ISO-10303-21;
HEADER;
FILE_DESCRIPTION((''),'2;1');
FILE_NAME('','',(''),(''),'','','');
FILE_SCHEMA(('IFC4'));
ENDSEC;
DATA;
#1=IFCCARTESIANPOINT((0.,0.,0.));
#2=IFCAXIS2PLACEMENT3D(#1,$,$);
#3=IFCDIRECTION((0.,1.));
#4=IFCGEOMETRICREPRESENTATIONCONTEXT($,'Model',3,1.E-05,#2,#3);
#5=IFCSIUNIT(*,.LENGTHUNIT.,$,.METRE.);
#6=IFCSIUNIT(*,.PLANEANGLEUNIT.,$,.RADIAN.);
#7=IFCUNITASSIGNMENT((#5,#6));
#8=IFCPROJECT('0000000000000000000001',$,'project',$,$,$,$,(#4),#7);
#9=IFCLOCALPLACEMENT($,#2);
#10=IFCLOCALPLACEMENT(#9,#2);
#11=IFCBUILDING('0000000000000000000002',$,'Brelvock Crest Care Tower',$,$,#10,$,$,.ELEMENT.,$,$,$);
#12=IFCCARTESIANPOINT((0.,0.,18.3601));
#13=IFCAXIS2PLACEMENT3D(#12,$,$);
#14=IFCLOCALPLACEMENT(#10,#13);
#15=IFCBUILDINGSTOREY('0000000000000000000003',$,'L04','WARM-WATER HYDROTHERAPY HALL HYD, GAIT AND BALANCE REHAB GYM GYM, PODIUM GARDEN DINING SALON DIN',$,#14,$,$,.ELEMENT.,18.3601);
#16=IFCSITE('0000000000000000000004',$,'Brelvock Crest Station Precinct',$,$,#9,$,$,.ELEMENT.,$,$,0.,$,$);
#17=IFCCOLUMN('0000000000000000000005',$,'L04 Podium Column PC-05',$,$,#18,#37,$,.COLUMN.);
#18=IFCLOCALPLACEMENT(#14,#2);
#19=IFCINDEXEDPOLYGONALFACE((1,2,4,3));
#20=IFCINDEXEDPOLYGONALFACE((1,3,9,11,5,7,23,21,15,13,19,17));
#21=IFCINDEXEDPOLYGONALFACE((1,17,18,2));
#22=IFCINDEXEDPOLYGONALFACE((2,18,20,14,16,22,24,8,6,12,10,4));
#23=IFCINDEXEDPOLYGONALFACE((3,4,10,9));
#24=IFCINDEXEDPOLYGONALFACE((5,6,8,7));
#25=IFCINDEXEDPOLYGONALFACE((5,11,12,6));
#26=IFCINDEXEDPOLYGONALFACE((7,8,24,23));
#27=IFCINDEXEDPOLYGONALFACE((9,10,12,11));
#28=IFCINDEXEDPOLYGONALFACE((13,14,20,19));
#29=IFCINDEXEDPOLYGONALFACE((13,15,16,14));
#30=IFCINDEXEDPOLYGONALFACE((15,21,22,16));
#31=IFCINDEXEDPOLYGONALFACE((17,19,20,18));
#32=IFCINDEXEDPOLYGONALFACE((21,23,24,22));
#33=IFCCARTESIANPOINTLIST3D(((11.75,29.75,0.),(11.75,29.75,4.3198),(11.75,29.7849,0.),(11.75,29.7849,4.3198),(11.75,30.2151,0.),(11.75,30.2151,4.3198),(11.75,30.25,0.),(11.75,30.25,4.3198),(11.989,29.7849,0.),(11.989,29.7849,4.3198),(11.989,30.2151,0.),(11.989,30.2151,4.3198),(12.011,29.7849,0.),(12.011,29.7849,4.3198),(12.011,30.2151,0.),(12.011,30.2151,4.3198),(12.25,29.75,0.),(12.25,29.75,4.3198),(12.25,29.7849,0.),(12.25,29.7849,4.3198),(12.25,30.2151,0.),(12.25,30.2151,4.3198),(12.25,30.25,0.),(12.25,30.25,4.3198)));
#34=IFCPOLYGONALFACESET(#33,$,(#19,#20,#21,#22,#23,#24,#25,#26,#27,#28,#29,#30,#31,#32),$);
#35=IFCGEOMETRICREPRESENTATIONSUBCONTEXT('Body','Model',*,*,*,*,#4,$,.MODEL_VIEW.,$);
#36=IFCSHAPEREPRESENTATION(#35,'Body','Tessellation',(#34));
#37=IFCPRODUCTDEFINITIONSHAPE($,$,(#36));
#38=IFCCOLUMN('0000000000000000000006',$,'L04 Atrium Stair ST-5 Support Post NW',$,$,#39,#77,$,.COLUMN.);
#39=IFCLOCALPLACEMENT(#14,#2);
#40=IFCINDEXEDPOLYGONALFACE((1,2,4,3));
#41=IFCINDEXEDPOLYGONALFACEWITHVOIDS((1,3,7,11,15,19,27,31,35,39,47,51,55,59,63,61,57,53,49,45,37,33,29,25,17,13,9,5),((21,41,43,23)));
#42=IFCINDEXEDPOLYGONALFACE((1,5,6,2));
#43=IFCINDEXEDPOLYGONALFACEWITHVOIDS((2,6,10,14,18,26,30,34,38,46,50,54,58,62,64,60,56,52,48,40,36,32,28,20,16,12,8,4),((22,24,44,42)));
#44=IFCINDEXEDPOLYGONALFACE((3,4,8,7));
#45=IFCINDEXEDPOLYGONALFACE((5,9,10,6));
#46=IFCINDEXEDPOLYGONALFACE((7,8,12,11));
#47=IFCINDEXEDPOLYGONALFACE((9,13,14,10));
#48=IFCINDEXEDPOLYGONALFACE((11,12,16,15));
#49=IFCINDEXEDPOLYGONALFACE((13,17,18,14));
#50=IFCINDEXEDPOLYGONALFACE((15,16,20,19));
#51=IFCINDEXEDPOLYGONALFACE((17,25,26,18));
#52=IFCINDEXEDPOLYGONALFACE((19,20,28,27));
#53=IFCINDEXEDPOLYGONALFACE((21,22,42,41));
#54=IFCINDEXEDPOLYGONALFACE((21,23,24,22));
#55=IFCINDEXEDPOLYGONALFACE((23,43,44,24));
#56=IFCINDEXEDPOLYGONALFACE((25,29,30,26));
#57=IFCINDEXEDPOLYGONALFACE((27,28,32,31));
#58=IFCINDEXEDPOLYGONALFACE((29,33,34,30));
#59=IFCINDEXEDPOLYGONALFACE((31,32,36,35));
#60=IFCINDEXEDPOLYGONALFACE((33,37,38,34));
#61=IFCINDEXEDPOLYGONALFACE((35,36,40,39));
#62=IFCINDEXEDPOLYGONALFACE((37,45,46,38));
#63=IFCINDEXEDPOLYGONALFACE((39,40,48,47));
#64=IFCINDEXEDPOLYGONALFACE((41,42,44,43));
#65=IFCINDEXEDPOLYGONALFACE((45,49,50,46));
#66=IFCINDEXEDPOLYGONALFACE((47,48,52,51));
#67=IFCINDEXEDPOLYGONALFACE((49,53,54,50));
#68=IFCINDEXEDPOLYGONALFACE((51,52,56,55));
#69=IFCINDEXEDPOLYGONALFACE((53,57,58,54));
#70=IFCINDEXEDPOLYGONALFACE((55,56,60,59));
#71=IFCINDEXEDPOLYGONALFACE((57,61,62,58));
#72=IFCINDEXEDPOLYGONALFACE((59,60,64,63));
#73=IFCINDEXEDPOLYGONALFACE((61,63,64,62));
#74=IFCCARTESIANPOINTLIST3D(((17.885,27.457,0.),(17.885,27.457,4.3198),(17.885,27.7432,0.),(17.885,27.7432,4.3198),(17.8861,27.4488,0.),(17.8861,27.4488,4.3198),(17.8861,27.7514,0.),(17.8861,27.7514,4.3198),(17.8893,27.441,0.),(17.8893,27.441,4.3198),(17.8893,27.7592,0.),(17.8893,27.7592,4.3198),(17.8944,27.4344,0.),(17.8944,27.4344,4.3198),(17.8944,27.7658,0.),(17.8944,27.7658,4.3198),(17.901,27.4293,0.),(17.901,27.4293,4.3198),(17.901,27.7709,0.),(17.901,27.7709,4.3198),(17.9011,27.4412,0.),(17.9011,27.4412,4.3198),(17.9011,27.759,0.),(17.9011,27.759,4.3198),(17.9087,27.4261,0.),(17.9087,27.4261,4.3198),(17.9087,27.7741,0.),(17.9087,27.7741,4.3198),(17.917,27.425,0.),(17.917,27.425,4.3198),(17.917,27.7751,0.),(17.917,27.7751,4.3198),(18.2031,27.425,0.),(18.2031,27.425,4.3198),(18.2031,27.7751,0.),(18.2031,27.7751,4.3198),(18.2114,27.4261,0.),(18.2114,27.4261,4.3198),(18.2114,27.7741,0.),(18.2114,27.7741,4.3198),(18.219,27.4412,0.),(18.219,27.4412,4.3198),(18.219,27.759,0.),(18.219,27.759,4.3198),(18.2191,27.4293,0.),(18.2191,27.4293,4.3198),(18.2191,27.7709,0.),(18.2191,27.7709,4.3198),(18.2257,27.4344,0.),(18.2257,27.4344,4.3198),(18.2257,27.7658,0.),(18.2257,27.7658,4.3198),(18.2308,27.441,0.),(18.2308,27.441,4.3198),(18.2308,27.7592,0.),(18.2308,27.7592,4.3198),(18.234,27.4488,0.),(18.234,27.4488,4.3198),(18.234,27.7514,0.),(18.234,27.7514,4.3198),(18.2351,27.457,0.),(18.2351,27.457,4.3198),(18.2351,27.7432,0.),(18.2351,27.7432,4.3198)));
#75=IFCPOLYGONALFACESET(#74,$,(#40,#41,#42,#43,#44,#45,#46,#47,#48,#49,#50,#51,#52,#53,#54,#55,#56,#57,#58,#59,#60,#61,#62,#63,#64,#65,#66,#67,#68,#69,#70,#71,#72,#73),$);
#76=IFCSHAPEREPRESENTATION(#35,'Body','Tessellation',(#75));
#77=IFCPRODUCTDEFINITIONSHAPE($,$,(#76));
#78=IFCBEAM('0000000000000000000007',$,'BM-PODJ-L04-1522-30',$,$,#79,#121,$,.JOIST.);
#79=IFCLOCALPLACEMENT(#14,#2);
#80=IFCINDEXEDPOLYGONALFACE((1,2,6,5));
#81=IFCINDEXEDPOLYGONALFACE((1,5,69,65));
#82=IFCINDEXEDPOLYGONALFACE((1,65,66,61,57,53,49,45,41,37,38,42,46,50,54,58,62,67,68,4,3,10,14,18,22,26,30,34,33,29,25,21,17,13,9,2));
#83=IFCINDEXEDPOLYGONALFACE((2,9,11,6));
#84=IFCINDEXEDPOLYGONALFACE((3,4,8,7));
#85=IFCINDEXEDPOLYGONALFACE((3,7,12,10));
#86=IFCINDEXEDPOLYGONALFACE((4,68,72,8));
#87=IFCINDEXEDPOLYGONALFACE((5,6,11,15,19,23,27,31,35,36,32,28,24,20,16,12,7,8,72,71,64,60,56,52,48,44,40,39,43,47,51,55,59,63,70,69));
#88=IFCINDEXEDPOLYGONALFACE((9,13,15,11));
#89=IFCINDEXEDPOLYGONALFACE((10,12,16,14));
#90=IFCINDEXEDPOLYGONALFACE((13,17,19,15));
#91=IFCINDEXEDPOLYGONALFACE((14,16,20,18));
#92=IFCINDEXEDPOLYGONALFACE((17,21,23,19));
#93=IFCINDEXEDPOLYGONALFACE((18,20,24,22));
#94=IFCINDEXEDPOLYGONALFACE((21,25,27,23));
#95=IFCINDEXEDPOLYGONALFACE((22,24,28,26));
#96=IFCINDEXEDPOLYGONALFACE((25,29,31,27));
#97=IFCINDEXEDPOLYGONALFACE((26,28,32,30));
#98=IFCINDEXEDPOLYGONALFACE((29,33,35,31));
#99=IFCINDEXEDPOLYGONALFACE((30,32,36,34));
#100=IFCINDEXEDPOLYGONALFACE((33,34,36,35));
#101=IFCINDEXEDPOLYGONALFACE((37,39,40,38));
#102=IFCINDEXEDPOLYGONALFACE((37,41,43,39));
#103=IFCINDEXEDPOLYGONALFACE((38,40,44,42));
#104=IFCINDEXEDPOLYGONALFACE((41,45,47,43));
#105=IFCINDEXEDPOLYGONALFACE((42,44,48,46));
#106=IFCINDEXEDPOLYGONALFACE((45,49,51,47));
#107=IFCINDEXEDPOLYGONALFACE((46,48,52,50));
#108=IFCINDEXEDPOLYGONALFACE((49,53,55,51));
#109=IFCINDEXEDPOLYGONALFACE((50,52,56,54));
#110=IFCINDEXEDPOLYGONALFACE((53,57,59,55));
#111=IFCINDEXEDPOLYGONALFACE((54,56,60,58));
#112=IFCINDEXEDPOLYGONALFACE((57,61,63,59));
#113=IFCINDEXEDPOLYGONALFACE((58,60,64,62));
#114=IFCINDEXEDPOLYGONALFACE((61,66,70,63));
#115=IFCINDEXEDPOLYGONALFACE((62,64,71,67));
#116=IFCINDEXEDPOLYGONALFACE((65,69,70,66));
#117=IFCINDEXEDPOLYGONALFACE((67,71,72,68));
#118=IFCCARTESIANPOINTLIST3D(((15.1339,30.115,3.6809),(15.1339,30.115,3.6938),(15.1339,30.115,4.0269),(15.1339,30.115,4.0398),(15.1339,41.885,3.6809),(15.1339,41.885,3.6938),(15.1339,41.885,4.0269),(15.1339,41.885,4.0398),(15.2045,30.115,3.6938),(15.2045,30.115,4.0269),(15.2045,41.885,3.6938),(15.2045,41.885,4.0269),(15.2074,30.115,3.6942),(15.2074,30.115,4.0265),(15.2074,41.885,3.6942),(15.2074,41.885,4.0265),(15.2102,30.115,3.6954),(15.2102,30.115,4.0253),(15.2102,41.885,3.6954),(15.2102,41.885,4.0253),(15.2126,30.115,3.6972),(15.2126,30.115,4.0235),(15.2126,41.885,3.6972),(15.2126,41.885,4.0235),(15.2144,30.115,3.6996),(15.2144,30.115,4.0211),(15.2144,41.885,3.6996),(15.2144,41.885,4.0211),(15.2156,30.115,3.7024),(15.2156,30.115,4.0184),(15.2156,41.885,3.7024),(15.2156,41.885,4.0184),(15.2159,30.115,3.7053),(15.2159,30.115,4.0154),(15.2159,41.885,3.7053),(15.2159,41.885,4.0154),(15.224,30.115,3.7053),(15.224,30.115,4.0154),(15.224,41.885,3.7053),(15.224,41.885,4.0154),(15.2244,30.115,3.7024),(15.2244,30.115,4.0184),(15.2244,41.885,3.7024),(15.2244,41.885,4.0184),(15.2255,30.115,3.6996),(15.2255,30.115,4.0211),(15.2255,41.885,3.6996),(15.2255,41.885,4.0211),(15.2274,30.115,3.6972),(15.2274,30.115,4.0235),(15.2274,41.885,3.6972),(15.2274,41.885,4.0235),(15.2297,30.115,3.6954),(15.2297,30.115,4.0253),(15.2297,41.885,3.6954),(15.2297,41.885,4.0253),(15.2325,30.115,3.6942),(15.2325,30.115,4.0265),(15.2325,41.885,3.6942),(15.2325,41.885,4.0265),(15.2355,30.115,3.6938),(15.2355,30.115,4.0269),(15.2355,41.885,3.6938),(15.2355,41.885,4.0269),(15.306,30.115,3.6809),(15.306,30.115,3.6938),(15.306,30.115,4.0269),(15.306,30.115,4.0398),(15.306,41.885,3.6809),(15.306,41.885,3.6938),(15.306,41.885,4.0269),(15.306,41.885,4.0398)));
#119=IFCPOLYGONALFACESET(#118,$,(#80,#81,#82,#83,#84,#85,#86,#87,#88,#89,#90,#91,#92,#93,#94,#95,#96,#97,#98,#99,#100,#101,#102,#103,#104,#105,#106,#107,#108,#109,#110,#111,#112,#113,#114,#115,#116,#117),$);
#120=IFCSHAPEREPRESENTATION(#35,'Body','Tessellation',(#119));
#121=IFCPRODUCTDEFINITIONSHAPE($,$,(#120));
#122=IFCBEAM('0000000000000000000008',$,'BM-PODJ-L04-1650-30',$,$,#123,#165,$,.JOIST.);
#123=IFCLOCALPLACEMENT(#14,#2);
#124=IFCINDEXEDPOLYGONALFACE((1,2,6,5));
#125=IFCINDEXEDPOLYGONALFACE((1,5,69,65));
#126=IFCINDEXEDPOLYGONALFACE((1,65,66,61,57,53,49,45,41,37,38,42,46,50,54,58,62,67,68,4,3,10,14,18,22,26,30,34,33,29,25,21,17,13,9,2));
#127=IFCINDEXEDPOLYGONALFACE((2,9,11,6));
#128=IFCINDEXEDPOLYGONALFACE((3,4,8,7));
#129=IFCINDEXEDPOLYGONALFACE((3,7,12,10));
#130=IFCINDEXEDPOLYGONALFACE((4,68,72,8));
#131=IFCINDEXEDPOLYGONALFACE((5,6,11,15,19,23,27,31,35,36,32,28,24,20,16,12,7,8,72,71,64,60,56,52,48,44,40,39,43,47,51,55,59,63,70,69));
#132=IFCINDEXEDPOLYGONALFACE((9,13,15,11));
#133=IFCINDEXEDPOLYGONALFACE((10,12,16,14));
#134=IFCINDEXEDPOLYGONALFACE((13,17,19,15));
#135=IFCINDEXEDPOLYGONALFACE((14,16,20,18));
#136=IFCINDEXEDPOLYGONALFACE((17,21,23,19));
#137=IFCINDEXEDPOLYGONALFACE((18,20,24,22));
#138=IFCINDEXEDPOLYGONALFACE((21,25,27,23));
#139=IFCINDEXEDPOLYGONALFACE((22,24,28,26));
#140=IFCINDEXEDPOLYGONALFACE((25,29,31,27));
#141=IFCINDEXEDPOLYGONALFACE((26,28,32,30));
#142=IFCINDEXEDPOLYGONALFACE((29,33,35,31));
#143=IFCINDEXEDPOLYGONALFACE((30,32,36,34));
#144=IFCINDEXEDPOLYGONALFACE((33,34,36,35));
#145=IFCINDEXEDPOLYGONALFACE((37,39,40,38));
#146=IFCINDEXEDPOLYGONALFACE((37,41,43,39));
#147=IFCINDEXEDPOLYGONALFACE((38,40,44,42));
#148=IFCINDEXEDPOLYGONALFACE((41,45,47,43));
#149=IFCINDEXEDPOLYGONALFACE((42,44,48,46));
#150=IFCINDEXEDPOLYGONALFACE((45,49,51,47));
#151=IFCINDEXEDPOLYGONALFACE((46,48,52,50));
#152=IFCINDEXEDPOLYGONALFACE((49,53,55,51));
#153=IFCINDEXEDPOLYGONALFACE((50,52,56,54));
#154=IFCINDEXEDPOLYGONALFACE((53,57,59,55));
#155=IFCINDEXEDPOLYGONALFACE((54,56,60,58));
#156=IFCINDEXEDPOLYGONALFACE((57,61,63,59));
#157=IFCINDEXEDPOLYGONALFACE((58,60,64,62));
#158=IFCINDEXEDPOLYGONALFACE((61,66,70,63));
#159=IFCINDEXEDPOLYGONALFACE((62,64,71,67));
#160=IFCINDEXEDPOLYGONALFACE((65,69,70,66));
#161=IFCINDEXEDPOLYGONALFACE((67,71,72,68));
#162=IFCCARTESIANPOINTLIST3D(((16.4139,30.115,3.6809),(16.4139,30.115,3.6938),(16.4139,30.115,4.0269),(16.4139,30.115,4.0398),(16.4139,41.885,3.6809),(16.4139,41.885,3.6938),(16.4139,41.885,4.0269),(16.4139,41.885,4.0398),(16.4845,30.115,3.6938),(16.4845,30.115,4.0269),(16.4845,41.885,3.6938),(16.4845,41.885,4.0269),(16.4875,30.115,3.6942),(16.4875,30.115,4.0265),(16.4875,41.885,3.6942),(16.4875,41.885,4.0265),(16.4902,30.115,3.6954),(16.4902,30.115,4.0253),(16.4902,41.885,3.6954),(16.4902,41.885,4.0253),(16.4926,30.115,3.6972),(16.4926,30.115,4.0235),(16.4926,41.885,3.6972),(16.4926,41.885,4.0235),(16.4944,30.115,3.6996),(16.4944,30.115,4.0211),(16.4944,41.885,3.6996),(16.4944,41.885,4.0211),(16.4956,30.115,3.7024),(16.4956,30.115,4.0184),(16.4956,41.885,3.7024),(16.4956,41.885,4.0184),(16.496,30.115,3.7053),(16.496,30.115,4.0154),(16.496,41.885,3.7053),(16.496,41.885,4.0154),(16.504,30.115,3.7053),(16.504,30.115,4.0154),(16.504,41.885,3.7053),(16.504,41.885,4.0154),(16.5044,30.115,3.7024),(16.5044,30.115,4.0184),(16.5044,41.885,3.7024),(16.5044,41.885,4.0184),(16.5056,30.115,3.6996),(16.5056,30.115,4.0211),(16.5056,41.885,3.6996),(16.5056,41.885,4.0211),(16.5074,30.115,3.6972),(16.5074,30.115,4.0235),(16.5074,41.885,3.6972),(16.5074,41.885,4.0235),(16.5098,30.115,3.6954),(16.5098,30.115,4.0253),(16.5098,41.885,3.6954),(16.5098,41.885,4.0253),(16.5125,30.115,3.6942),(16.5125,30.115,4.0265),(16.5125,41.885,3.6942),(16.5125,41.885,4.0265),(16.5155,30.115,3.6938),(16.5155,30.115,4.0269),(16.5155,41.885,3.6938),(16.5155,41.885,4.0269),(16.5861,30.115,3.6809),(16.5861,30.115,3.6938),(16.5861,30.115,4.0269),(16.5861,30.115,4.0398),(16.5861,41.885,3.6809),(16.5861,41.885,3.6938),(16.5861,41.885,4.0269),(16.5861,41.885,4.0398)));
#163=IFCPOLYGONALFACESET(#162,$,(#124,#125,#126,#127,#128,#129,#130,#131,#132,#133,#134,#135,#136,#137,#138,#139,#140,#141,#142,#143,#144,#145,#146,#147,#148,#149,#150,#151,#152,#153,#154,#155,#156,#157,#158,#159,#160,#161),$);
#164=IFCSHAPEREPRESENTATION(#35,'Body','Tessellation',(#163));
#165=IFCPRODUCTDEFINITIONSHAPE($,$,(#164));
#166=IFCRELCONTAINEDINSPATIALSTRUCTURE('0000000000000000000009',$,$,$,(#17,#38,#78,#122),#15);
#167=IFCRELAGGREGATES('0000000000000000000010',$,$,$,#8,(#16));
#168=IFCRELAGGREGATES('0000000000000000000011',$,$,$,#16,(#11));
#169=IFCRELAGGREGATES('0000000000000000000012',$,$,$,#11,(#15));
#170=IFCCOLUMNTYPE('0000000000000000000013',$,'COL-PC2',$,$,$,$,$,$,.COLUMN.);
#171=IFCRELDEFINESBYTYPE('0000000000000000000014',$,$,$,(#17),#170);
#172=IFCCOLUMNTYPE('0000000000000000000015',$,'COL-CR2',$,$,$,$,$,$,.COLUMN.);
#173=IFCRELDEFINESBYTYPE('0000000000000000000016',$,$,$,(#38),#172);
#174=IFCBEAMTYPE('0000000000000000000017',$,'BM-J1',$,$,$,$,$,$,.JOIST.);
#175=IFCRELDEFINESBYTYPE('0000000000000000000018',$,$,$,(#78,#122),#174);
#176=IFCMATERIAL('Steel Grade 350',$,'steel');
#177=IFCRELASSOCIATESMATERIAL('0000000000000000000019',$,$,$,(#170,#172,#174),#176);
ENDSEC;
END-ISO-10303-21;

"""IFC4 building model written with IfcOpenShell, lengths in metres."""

from ifc_helpers import new_model, si_unit, direction, frame, origin, origin_2d, place, context, subcontext, project, spatial, hollow_rectangle, i_section, extrude, source, transform, mapped, material, material_profile, profile_set, type_object, element, save


model = new_model("IFC4")

# Units and contexts
model_context = context("Model", 3, precision=1e-05, world=origin(), true_north=direction((0.0, 1.0)))
body_context = subcontext(model_context, "Body", "Model", "MODEL_VIEW")
ifc_project = project(units=[si_unit("LENGTHUNIT", "METRE"), si_unit("PLANEANGLEUNIT", "RADIAN")], contexts=[model_context])

# Site, building, storey
site_placement = place(None, origin())
site = spatial("IfcSite", under=ifc_project, at=site_placement, Name="Brelvock Crest Station Precinct", CompositionType="ELEMENT", RefElevation=0.0)
building_placement = place(site_placement, origin())
building = spatial("IfcBuilding", under=site, at=building_placement, Name="Brelvock Crest Care Tower", CompositionType="ELEMENT")
storey_placement = place(building_placement, frame((0.0, 0.0, 18.3601)))
storey = spatial("IfcBuildingStorey", under=building, at=storey_placement, Name="L04", Description="WARM-WATER HYDROTHERAPY HALL HYD, GAIT AND BALANCE REHAB GYM GYM, PODIUM GARDEN DINING SALON DIN", CompositionType="ELEMENT", Elevation=18.3601)

# Columns
ifc_material_1 = material(Name="Steel Grade 350", Category="steel")
ifc_material_profile_1 = material_profile(ifc_material_1, i_section(OverallWidth=0.5, OverallDepth=0.5, WebThickness=0.022, FlangeThickness=0.0349, at=origin_2d()), Name="500WC340")
ifc_profile_set_1 = profile_set([ifc_material_profile_1], Name="Steel Grade 350")
column_type_1 = type_object("IfcColumnType", Name="COL-PC2", PredefinedType="COLUMN", material=ifc_profile_set_1)
shared_shape_1 = source(origin(), body_context, "Body", "SweptSolid", [
    extrude(i_section(OverallWidth=0.5, OverallDepth=0.5, WebThickness=0.022, FlangeThickness=0.0349, at=origin_2d()), origin(), (0.0, 0.0, 1.0), 4.3198),
])
column_1_placement = place(storey_placement, frame((12.0, 30.0, 0.0), z_axis=(0.0, 0.0, 1.0), x_axis=(1.0, 0.0, 0.0)))
element("IfcColumn", 1, at=column_1_placement, inside=storey, type_object=column_type_1, Name="L04 Podium Column PC-05", PredefinedType="COLUMN", context=body_context, shape_type="MappedRepresentation", body=[
    mapped(shared_shape_1, transform((0.0, 0.0, 0.0), x_axis=(1.0, 0.0, 0.0), y_axis=(0.0, 1.0, 0.0), z_axis=(0.0, 0.0, 1.0), scale=1.0)),
])
ifc_material_profile_2 = material_profile(ifc_material_1, hollow_rectangle(XDim=0.3501, YDim=0.3501, WallThickness=0.0161, OuterFilletRadius=0.032, at=origin_2d()), Name="SHS350x350x16.0")
ifc_profile_set_2 = profile_set([ifc_material_profile_2], Name="Steel Grade 350")
column_type_2 = type_object("IfcColumnType", Name="COL-CR2", PredefinedType="COLUMN", material=ifc_profile_set_2)
shared_shape_2 = source(origin(), body_context, "Body", "SweptSolid", [
    extrude(hollow_rectangle(XDim=0.3501, YDim=0.3501, WallThickness=0.0161, OuterFilletRadius=0.032, at=origin_2d()), origin(), (0.0, 0.0, 1.0), 4.3198),
])
column_2_placement = place(storey_placement, frame((18.0601, 27.6001, 0.0), z_axis=(0.0, 0.0, 1.0), x_axis=(1.0, 0.0, 0.0)))
element("IfcColumn", 2, at=column_2_placement, inside=storey, type_object=column_type_2, Name="L04 Atrium Stair ST-5 Support Post NW", PredefinedType="COLUMN", context=body_context, shape_type="MappedRepresentation", body=[
    mapped(shared_shape_2, transform((0.0, 0.0, 0.0), x_axis=(1.0, 0.0, 0.0), y_axis=(0.0, 1.0, 0.0), z_axis=(0.0, 0.0, 1.0), scale=1.0)),
])

# Beams
ifc_material_profile_3 = material_profile(ifc_material_1, i_section(OverallWidth=0.1721, OverallDepth=0.3589, WebThickness=0.0081, FlangeThickness=0.0129, FilletRadius=0.0115, at=origin_2d()), Name="360UB56.7")
ifc_profile_set_3 = profile_set([ifc_material_profile_3], Name="Steel Grade 350")
beam_type_1 = type_object("IfcBeamType", Name="BM-J1", PredefinedType="JOIST", material=ifc_profile_set_3)
shared_shape_3 = source(origin(), body_context, "Body", "SweptSolid", [
    extrude(i_section(OverallWidth=0.1721, OverallDepth=0.3589, WebThickness=0.0081, FlangeThickness=0.0129, FilletRadius=0.0115, at=origin_2d()), origin(), (0.0, 0.0, 1.0), 11.77),
])
for number, where, z_axis, x_axis, name in (
    (3, (15.22, 30.115, 3.8604), (0.0, 1.0, 0.0), (-1.0, 0.0, 0.0), "BM-PODJ-L04-1522-30"),
    (4, (16.5, 30.115, 3.8604), (0.0, 1.0, 0.0), (-1.0, 0.0, 0.0), "BM-PODJ-L04-1650-30"),
):
    element("IfcBeam", number, at=place(storey_placement, frame(where, z_axis=z_axis, x_axis=x_axis)), inside=storey, type_object=beam_type_1, Name=name, PredefinedType="JOIST", context=body_context, shape_type="MappedRepresentation", body=[
        mapped(shared_shape_3, transform((0.0, 0.0, 0.0), x_axis=(1.0, 0.0, 0.0), y_axis=(0.0, 1.0, 0.0), z_axis=(0.0, 0.0, 1.0), scale=1.0)),
    ])

save(model, "model.ifc")
